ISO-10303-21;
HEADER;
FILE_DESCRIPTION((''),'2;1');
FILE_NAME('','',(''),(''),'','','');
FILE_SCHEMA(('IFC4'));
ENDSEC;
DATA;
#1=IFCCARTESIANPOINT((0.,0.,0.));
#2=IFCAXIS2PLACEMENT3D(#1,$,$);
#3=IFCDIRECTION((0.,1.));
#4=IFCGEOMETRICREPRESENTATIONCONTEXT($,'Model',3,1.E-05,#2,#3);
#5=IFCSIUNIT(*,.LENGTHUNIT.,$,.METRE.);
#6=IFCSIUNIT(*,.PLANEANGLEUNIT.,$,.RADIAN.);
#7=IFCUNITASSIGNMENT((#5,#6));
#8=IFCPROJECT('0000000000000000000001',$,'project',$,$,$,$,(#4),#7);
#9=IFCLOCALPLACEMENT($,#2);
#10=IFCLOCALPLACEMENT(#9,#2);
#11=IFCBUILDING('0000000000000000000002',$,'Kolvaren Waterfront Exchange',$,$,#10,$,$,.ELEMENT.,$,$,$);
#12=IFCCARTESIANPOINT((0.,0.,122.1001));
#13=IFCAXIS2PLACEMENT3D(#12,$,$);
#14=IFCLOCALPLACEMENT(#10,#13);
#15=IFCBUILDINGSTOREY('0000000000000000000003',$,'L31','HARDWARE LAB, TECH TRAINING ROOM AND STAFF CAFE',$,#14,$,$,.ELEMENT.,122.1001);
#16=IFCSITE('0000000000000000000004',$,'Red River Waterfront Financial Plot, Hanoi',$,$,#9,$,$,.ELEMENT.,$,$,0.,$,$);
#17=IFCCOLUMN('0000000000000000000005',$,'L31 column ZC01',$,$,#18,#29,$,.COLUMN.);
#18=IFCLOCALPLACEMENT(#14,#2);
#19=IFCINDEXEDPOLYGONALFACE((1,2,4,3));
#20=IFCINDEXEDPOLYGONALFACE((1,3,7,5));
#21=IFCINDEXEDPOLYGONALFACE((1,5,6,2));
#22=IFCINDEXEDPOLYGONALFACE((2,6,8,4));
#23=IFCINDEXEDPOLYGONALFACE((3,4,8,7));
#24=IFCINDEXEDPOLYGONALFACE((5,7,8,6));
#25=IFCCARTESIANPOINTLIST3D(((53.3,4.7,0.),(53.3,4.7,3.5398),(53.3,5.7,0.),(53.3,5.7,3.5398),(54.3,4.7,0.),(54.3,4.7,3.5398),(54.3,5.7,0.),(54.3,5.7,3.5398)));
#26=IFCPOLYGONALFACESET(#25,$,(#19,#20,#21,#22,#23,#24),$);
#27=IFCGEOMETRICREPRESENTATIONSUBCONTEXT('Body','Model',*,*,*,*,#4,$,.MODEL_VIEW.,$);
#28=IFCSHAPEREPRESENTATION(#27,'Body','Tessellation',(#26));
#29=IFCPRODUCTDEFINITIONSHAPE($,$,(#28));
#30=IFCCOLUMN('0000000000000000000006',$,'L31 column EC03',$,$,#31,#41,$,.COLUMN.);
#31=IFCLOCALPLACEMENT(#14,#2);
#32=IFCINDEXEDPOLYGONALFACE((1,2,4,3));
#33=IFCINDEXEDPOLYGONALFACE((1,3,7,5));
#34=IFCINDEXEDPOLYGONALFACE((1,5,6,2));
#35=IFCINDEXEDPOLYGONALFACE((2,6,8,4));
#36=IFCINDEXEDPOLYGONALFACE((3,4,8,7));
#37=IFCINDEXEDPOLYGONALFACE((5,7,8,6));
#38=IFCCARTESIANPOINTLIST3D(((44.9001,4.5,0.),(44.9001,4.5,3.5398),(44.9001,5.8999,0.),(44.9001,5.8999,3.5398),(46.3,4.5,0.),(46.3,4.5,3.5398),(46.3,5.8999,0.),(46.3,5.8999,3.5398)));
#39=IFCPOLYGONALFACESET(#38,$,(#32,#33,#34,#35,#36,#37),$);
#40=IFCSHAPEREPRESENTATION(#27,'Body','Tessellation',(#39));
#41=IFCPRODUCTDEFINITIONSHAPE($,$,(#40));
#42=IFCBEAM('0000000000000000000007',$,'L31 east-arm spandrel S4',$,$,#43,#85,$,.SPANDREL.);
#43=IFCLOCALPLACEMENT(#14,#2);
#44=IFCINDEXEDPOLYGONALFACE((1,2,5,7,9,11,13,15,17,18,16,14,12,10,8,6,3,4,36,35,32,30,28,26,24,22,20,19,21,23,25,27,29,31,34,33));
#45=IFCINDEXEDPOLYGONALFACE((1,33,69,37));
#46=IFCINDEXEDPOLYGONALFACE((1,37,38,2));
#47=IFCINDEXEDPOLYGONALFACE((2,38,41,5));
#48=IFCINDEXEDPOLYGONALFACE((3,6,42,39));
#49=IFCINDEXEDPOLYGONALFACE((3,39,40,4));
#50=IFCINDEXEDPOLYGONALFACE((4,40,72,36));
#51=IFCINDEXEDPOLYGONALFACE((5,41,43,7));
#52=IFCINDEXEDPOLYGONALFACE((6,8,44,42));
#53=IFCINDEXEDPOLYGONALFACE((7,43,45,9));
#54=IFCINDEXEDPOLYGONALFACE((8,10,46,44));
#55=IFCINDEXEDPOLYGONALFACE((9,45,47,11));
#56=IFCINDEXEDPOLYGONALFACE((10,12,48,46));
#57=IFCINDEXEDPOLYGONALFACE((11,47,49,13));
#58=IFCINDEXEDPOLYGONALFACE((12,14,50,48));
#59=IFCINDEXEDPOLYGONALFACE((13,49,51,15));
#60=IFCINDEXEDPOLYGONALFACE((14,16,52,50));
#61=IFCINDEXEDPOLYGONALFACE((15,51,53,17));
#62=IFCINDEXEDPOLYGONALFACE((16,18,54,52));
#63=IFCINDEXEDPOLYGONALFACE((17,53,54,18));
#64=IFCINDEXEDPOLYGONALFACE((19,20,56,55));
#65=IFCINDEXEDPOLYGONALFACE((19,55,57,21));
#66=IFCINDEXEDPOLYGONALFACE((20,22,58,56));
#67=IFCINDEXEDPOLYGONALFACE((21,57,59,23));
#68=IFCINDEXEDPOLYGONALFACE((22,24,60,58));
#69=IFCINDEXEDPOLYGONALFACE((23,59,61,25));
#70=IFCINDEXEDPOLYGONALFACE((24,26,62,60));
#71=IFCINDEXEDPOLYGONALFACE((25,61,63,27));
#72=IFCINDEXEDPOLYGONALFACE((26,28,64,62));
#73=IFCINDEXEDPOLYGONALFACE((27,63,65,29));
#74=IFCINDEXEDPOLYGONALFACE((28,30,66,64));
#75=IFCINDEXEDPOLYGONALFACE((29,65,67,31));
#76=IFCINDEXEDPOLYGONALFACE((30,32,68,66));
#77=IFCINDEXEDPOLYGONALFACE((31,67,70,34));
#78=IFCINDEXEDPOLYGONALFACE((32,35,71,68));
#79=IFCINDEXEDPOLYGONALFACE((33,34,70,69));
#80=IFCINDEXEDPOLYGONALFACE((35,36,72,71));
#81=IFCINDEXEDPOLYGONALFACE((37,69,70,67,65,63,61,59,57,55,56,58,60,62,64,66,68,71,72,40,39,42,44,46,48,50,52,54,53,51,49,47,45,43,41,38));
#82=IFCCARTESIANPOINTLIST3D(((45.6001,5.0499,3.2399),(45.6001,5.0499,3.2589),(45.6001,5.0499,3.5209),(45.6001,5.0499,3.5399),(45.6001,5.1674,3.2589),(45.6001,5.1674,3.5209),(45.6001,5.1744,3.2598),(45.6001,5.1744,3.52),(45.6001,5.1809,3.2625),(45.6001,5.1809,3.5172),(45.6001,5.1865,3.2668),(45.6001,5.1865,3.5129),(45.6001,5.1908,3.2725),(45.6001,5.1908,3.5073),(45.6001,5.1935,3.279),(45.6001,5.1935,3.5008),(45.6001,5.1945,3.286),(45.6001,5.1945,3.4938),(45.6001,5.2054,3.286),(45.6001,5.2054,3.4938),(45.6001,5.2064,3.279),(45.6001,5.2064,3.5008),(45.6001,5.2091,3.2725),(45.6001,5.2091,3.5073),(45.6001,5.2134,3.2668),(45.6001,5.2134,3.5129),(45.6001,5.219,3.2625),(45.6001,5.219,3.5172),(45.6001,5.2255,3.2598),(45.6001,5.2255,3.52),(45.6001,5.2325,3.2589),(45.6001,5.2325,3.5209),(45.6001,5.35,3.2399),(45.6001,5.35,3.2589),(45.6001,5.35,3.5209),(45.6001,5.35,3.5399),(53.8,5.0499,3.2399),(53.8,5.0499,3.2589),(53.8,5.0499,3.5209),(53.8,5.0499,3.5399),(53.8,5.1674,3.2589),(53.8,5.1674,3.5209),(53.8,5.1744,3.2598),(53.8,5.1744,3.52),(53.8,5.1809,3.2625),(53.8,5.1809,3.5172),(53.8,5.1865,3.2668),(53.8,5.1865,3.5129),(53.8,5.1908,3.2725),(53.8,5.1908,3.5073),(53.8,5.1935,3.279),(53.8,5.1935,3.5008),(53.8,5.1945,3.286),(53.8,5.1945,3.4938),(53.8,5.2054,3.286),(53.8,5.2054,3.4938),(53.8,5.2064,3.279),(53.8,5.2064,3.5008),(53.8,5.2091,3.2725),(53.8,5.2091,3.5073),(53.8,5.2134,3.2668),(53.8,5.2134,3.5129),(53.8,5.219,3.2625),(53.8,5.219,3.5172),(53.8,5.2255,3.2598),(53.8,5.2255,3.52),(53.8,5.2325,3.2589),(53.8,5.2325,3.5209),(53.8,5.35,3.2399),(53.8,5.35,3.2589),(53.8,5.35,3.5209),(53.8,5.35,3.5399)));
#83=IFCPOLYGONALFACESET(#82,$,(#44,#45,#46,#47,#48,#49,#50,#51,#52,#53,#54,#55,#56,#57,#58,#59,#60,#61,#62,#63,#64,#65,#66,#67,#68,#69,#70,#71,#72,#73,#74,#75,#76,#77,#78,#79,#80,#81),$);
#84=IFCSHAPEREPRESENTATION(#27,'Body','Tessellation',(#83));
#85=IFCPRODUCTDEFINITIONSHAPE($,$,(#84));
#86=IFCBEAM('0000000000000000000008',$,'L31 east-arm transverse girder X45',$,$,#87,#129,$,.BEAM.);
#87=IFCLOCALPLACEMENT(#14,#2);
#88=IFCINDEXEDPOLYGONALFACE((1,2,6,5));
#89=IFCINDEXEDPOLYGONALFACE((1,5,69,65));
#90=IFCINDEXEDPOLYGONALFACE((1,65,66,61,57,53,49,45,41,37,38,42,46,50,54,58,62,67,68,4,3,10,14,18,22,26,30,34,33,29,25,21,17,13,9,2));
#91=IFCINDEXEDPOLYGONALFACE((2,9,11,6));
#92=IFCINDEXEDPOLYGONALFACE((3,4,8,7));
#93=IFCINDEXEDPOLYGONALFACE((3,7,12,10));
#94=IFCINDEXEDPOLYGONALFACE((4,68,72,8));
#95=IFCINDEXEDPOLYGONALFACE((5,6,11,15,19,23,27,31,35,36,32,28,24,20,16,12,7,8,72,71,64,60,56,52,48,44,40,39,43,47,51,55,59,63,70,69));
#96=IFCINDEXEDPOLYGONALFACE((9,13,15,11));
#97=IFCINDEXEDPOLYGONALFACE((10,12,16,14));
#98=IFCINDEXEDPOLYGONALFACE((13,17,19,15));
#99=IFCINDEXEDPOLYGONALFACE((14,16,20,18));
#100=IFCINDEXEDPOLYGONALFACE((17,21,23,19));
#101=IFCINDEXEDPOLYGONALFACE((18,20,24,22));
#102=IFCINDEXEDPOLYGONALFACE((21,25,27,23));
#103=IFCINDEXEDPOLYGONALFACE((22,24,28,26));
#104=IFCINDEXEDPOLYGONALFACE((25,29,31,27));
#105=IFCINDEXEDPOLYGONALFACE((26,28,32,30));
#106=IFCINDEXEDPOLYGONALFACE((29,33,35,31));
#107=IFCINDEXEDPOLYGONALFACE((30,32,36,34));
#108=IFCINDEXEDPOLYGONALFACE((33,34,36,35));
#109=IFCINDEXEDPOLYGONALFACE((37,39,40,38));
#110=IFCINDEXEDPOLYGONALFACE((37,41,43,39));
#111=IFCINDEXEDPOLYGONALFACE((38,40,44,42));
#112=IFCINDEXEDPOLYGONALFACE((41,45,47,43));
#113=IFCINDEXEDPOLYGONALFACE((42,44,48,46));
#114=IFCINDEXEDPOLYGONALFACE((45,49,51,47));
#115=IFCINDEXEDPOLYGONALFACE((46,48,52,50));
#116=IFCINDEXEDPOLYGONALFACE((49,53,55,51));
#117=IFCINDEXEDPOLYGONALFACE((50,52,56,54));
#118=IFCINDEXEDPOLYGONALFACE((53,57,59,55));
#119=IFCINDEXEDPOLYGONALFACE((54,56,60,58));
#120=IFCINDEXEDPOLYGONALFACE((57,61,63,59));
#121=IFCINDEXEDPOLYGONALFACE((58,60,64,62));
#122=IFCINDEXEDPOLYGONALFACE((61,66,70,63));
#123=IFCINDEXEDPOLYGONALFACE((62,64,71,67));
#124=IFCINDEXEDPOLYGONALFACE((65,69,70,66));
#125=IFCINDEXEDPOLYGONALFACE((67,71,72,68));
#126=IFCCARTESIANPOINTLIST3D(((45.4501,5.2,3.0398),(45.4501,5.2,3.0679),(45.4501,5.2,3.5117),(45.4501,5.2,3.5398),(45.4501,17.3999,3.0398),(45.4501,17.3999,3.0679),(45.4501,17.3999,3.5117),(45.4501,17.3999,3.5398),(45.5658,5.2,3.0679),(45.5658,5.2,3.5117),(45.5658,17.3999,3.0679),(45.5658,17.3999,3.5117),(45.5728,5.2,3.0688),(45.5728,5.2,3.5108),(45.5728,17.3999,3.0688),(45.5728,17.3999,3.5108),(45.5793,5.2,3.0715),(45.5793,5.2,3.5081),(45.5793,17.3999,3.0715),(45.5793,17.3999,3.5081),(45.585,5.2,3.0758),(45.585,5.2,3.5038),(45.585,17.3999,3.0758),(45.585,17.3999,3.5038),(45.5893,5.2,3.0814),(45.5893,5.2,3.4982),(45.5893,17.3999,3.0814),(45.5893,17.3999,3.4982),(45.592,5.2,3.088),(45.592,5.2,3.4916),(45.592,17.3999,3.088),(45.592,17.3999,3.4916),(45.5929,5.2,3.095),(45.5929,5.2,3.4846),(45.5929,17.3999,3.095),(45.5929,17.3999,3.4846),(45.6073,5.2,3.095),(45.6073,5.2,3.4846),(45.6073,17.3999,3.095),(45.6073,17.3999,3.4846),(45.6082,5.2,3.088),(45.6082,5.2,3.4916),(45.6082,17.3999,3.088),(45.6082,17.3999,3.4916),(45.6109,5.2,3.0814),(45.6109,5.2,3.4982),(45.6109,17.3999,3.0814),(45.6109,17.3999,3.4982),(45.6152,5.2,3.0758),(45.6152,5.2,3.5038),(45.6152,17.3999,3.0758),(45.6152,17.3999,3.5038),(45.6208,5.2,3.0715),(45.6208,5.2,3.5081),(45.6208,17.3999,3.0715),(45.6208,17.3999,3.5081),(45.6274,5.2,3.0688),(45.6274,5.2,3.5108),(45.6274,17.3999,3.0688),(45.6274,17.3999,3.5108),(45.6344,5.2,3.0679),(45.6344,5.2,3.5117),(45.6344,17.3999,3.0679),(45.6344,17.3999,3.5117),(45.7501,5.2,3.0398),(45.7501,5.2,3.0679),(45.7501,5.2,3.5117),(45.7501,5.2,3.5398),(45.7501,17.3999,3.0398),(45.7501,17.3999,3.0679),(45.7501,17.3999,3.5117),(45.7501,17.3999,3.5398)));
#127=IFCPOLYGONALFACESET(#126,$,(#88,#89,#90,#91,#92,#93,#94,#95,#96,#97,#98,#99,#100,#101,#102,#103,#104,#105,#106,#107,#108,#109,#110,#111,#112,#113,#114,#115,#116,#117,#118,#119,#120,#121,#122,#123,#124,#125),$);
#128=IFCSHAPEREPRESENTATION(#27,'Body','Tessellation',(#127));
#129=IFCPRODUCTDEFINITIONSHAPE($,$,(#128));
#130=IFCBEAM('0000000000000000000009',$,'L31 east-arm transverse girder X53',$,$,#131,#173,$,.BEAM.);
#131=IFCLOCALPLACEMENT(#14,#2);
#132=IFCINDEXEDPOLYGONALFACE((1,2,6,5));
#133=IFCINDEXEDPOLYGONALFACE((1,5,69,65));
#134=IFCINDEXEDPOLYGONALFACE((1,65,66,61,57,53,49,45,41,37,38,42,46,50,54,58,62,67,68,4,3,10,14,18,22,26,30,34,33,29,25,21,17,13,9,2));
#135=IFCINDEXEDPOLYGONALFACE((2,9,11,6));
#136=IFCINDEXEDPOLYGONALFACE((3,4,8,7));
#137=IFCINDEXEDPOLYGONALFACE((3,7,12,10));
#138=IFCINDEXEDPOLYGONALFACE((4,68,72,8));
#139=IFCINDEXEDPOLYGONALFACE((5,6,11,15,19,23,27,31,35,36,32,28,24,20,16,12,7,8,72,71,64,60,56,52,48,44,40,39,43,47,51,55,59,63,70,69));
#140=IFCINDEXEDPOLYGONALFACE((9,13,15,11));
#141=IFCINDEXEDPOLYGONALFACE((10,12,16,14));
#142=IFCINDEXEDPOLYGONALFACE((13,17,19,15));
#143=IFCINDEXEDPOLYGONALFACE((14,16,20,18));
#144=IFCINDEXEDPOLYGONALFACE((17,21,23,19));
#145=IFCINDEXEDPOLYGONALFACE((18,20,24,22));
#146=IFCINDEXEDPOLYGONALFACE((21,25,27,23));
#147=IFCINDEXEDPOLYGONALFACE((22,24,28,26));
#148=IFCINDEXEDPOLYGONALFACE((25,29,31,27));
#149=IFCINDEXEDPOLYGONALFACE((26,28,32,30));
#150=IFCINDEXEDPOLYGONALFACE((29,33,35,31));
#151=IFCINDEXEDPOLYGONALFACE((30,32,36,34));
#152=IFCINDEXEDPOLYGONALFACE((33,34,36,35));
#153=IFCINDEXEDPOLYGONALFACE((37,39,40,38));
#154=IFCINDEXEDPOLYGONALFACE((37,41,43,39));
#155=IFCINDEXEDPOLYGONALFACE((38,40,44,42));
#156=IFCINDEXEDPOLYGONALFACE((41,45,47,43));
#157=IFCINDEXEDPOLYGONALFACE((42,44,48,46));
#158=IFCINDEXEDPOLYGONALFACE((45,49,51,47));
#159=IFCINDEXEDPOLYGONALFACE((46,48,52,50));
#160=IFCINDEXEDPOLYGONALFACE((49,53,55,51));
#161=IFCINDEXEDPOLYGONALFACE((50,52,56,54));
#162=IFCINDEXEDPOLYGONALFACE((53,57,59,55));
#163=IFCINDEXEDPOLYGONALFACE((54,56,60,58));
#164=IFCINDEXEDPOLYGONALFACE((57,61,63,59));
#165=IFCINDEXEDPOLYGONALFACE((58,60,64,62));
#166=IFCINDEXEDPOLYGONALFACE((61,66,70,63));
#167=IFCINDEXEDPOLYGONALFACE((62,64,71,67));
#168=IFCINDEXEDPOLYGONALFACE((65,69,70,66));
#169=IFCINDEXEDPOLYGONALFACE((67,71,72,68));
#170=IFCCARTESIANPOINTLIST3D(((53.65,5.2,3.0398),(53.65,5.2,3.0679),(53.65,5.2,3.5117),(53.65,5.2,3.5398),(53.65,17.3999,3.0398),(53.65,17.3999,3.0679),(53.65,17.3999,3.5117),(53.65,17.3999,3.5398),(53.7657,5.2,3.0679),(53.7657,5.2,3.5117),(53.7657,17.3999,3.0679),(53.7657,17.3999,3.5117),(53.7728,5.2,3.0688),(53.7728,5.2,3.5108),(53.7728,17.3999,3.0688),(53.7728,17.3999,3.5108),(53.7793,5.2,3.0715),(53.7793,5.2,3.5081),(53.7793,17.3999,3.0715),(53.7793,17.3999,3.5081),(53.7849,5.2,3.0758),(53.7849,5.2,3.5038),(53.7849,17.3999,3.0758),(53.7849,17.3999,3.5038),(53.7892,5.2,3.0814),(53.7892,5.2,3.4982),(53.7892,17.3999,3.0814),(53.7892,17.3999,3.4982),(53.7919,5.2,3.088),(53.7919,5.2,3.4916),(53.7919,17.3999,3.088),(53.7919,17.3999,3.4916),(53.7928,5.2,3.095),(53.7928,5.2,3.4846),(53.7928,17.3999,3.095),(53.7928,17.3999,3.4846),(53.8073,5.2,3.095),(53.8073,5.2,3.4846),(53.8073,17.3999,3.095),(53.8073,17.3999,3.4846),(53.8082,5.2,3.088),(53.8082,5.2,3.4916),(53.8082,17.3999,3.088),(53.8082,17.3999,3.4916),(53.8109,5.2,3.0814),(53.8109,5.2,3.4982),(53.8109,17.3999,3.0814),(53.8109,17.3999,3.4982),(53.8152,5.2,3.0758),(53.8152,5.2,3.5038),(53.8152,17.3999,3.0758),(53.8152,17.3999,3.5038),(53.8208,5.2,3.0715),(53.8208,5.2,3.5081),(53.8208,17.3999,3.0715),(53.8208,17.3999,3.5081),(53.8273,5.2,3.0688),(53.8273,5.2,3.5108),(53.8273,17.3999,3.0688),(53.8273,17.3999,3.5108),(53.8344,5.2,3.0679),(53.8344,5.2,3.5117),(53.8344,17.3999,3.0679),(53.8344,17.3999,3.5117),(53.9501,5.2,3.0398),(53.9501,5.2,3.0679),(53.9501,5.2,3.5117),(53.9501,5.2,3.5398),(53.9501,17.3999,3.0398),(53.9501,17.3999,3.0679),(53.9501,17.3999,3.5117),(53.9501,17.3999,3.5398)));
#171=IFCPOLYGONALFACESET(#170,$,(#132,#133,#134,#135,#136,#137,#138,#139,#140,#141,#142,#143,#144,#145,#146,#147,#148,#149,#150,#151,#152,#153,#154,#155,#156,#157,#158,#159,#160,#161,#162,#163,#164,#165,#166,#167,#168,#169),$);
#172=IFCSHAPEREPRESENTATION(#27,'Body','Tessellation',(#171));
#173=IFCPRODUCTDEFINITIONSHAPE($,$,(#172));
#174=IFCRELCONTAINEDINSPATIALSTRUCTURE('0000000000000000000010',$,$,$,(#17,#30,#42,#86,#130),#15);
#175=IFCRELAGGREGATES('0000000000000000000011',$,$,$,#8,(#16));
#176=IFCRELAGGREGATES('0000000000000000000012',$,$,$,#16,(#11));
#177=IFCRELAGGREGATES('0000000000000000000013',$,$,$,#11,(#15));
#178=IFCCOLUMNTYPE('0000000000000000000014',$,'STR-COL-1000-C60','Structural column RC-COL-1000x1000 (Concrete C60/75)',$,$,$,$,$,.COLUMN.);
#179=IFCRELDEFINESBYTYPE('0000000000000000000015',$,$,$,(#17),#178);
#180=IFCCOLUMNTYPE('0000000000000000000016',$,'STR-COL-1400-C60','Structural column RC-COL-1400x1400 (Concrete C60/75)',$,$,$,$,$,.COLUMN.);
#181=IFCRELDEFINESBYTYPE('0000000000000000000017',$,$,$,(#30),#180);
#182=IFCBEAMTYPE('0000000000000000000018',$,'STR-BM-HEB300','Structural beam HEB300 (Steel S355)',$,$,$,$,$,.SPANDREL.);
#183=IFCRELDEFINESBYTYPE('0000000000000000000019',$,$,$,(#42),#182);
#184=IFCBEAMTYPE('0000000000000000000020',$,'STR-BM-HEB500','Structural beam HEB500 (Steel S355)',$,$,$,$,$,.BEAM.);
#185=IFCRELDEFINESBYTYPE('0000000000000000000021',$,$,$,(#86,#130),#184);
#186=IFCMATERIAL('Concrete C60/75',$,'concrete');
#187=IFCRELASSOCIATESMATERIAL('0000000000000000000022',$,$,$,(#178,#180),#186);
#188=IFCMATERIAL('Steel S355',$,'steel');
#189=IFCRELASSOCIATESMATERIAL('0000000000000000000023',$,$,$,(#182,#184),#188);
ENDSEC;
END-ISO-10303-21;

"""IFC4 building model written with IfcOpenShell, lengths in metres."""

from ifc_helpers import new_model, si_unit, direction, frame, origin, origin_2d, place, context, subcontext, project, spatial, rectangle, i_section, extrude, material, material_profile, profile_set, type_object, element, save


model = new_model("IFC4")

# Units and contexts
model_context = context("Model", 3, precision=1e-05, world=origin(), true_north=direction((0.0, 1.0)))
body_context = subcontext(model_context, "Body", "Model", "MODEL_VIEW")
ifc_project = project(units=[si_unit("LENGTHUNIT", "METRE"), si_unit("PLANEANGLEUNIT", "RADIAN")], contexts=[model_context])

# Site, building, storey
site_placement = place(None, origin())
site = spatial("IfcSite", under=ifc_project, at=site_placement, Name="Red River Waterfront Financial Plot, Hanoi", CompositionType="ELEMENT", RefElevation=0.0)
building_placement = place(site_placement, origin())
building = spatial("IfcBuilding", under=site, at=building_placement, Name="Kolvaren Waterfront Exchange", CompositionType="ELEMENT")
storey_placement = place(building_placement, frame((0.0, 0.0, 122.1001)))
storey = spatial("IfcBuildingStorey", under=building, at=storey_placement, Name="L31", Description="HARDWARE LAB, TECH TRAINING ROOM AND STAFF CAFE", CompositionType="ELEMENT", Elevation=122.1001)

# Columns
ifc_material_1 = material(Name="Concrete C60/75", Category="concrete")
ifc_material_profile_1 = material_profile(ifc_material_1, rectangle(XDim=1.0, YDim=1.0, at=origin_2d()), Name="RC-COL-1000x1000")
ifc_profile_set_1 = profile_set([ifc_material_profile_1], Name="Concrete C60/75")
column_type_1 = type_object("IfcColumnType", Name="STR-COL-1000-C60", Description="Structural column RC-COL-1000x1000 (Concrete C60/75)", PredefinedType="COLUMN", material=ifc_profile_set_1)
column_1_placement = place(storey_placement, frame((53.8, 5.2, 0.0), z_axis=(0.0, 0.0, 1.0), x_axis=(1.0, 0.0, 0.0)))
element("IfcColumn", 1, at=column_1_placement, inside=storey, type_object=column_type_1, Name="L31 column ZC01", PredefinedType="COLUMN", context=body_context, shape_type="SweptSolid", body=[
    extrude(rectangle(XDim=1.0, YDim=1.0, at=origin_2d()), origin(), (0.0, 0.0, 1.0), 3.5398),
])
ifc_material_profile_2 = material_profile(ifc_material_1, rectangle(XDim=1.3999, YDim=1.3999, at=origin_2d()), Name="RC-COL-1400x1400")
ifc_profile_set_2 = profile_set([ifc_material_profile_2], Name="Concrete C60/75")
column_type_2 = type_object("IfcColumnType", Name="STR-COL-1400-C60", Description="Structural column RC-COL-1400x1400 (Concrete C60/75)", PredefinedType="COLUMN", material=ifc_profile_set_2)
column_2_placement = place(storey_placement, frame((45.6001, 5.2, 0.0), z_axis=(0.0, 0.0, 1.0), x_axis=(1.0, 0.0, 0.0)))
element("IfcColumn", 2, at=column_2_placement, inside=storey, type_object=column_type_2, Name="L31 column EC03", PredefinedType="COLUMN", context=body_context, shape_type="SweptSolid", body=[
    extrude(rectangle(XDim=1.3999, YDim=1.3999, at=origin_2d()), origin(), (0.0, 0.0, 1.0), 3.5398),
])

# Beams
ifc_material_2 = material(Name="Steel S355", Category="steel")
ifc_material_profile_3 = material_profile(ifc_material_2, i_section(OverallWidth=0.3, OverallDepth=0.3, WebThickness=0.011, FlangeThickness=0.019, FilletRadius=0.0271, at=origin_2d()), Name="HEB300")
ifc_profile_set_3 = profile_set([ifc_material_profile_3], Name="Steel S355")
beam_type_1 = type_object("IfcBeamType", Name="STR-BM-HEB300", Description="Structural beam HEB300 (Steel S355)", PredefinedType="SPANDREL", material=ifc_profile_set_3)
beam_1_placement = place(storey_placement, frame((45.6001, 5.2, 3.3899), z_axis=(1.0, 0.0, 0.0), x_axis=(0.0, 1.0, 0.0)))
element("IfcBeam", 3, at=beam_1_placement, inside=storey, type_object=beam_type_1, Name="L31 east-arm spandrel S4", PredefinedType="SPANDREL", context=body_context, shape_type="SweptSolid", body=[
    extrude(i_section(OverallWidth=0.3, OverallDepth=0.3, WebThickness=0.011, FlangeThickness=0.019, FilletRadius=0.0271, at=origin_2d()), origin(), (0.0, 0.0, 1.0), 8.2),
])
ifc_material_profile_4 = material_profile(ifc_material_2, i_section(OverallWidth=0.3, OverallDepth=0.5, WebThickness=0.0144, FlangeThickness=0.0281, FilletRadius=0.0271, at=origin_2d()), Name="HEB500")
ifc_profile_set_4 = profile_set([ifc_material_profile_4], Name="Steel S355")
beam_type_2 = type_object("IfcBeamType", Name="STR-BM-HEB500", Description="Structural beam HEB500 (Steel S355)", PredefinedType="BEAM", material=ifc_profile_set_4)
for number, where, z_axis, x_axis, name in (
    (4, (45.6001, 5.2, 3.2898), (0.0, 1.0, 0.0), (-1.0, 0.0, 0.0), "L31 east-arm transverse girder X45"),
    (5, (53.8, 5.2, 3.2898), (0.0, 1.0, 0.0), (-1.0, 0.0, 0.0), "L31 east-arm transverse girder X53"),
):
    element("IfcBeam", number, at=place(storey_placement, frame(where, z_axis=z_axis, x_axis=x_axis)), inside=storey, type_object=beam_type_2, Name=name, PredefinedType="BEAM", context=body_context, shape_type="SweptSolid", body=[
        extrude(i_section(OverallWidth=0.3, OverallDepth=0.5, WebThickness=0.0144, FlangeThickness=0.0281, FilletRadius=0.0271, at=origin_2d()), origin(), (0.0, 0.0, 1.0), 12.2),
    ])

save(model, "model.ifc")
